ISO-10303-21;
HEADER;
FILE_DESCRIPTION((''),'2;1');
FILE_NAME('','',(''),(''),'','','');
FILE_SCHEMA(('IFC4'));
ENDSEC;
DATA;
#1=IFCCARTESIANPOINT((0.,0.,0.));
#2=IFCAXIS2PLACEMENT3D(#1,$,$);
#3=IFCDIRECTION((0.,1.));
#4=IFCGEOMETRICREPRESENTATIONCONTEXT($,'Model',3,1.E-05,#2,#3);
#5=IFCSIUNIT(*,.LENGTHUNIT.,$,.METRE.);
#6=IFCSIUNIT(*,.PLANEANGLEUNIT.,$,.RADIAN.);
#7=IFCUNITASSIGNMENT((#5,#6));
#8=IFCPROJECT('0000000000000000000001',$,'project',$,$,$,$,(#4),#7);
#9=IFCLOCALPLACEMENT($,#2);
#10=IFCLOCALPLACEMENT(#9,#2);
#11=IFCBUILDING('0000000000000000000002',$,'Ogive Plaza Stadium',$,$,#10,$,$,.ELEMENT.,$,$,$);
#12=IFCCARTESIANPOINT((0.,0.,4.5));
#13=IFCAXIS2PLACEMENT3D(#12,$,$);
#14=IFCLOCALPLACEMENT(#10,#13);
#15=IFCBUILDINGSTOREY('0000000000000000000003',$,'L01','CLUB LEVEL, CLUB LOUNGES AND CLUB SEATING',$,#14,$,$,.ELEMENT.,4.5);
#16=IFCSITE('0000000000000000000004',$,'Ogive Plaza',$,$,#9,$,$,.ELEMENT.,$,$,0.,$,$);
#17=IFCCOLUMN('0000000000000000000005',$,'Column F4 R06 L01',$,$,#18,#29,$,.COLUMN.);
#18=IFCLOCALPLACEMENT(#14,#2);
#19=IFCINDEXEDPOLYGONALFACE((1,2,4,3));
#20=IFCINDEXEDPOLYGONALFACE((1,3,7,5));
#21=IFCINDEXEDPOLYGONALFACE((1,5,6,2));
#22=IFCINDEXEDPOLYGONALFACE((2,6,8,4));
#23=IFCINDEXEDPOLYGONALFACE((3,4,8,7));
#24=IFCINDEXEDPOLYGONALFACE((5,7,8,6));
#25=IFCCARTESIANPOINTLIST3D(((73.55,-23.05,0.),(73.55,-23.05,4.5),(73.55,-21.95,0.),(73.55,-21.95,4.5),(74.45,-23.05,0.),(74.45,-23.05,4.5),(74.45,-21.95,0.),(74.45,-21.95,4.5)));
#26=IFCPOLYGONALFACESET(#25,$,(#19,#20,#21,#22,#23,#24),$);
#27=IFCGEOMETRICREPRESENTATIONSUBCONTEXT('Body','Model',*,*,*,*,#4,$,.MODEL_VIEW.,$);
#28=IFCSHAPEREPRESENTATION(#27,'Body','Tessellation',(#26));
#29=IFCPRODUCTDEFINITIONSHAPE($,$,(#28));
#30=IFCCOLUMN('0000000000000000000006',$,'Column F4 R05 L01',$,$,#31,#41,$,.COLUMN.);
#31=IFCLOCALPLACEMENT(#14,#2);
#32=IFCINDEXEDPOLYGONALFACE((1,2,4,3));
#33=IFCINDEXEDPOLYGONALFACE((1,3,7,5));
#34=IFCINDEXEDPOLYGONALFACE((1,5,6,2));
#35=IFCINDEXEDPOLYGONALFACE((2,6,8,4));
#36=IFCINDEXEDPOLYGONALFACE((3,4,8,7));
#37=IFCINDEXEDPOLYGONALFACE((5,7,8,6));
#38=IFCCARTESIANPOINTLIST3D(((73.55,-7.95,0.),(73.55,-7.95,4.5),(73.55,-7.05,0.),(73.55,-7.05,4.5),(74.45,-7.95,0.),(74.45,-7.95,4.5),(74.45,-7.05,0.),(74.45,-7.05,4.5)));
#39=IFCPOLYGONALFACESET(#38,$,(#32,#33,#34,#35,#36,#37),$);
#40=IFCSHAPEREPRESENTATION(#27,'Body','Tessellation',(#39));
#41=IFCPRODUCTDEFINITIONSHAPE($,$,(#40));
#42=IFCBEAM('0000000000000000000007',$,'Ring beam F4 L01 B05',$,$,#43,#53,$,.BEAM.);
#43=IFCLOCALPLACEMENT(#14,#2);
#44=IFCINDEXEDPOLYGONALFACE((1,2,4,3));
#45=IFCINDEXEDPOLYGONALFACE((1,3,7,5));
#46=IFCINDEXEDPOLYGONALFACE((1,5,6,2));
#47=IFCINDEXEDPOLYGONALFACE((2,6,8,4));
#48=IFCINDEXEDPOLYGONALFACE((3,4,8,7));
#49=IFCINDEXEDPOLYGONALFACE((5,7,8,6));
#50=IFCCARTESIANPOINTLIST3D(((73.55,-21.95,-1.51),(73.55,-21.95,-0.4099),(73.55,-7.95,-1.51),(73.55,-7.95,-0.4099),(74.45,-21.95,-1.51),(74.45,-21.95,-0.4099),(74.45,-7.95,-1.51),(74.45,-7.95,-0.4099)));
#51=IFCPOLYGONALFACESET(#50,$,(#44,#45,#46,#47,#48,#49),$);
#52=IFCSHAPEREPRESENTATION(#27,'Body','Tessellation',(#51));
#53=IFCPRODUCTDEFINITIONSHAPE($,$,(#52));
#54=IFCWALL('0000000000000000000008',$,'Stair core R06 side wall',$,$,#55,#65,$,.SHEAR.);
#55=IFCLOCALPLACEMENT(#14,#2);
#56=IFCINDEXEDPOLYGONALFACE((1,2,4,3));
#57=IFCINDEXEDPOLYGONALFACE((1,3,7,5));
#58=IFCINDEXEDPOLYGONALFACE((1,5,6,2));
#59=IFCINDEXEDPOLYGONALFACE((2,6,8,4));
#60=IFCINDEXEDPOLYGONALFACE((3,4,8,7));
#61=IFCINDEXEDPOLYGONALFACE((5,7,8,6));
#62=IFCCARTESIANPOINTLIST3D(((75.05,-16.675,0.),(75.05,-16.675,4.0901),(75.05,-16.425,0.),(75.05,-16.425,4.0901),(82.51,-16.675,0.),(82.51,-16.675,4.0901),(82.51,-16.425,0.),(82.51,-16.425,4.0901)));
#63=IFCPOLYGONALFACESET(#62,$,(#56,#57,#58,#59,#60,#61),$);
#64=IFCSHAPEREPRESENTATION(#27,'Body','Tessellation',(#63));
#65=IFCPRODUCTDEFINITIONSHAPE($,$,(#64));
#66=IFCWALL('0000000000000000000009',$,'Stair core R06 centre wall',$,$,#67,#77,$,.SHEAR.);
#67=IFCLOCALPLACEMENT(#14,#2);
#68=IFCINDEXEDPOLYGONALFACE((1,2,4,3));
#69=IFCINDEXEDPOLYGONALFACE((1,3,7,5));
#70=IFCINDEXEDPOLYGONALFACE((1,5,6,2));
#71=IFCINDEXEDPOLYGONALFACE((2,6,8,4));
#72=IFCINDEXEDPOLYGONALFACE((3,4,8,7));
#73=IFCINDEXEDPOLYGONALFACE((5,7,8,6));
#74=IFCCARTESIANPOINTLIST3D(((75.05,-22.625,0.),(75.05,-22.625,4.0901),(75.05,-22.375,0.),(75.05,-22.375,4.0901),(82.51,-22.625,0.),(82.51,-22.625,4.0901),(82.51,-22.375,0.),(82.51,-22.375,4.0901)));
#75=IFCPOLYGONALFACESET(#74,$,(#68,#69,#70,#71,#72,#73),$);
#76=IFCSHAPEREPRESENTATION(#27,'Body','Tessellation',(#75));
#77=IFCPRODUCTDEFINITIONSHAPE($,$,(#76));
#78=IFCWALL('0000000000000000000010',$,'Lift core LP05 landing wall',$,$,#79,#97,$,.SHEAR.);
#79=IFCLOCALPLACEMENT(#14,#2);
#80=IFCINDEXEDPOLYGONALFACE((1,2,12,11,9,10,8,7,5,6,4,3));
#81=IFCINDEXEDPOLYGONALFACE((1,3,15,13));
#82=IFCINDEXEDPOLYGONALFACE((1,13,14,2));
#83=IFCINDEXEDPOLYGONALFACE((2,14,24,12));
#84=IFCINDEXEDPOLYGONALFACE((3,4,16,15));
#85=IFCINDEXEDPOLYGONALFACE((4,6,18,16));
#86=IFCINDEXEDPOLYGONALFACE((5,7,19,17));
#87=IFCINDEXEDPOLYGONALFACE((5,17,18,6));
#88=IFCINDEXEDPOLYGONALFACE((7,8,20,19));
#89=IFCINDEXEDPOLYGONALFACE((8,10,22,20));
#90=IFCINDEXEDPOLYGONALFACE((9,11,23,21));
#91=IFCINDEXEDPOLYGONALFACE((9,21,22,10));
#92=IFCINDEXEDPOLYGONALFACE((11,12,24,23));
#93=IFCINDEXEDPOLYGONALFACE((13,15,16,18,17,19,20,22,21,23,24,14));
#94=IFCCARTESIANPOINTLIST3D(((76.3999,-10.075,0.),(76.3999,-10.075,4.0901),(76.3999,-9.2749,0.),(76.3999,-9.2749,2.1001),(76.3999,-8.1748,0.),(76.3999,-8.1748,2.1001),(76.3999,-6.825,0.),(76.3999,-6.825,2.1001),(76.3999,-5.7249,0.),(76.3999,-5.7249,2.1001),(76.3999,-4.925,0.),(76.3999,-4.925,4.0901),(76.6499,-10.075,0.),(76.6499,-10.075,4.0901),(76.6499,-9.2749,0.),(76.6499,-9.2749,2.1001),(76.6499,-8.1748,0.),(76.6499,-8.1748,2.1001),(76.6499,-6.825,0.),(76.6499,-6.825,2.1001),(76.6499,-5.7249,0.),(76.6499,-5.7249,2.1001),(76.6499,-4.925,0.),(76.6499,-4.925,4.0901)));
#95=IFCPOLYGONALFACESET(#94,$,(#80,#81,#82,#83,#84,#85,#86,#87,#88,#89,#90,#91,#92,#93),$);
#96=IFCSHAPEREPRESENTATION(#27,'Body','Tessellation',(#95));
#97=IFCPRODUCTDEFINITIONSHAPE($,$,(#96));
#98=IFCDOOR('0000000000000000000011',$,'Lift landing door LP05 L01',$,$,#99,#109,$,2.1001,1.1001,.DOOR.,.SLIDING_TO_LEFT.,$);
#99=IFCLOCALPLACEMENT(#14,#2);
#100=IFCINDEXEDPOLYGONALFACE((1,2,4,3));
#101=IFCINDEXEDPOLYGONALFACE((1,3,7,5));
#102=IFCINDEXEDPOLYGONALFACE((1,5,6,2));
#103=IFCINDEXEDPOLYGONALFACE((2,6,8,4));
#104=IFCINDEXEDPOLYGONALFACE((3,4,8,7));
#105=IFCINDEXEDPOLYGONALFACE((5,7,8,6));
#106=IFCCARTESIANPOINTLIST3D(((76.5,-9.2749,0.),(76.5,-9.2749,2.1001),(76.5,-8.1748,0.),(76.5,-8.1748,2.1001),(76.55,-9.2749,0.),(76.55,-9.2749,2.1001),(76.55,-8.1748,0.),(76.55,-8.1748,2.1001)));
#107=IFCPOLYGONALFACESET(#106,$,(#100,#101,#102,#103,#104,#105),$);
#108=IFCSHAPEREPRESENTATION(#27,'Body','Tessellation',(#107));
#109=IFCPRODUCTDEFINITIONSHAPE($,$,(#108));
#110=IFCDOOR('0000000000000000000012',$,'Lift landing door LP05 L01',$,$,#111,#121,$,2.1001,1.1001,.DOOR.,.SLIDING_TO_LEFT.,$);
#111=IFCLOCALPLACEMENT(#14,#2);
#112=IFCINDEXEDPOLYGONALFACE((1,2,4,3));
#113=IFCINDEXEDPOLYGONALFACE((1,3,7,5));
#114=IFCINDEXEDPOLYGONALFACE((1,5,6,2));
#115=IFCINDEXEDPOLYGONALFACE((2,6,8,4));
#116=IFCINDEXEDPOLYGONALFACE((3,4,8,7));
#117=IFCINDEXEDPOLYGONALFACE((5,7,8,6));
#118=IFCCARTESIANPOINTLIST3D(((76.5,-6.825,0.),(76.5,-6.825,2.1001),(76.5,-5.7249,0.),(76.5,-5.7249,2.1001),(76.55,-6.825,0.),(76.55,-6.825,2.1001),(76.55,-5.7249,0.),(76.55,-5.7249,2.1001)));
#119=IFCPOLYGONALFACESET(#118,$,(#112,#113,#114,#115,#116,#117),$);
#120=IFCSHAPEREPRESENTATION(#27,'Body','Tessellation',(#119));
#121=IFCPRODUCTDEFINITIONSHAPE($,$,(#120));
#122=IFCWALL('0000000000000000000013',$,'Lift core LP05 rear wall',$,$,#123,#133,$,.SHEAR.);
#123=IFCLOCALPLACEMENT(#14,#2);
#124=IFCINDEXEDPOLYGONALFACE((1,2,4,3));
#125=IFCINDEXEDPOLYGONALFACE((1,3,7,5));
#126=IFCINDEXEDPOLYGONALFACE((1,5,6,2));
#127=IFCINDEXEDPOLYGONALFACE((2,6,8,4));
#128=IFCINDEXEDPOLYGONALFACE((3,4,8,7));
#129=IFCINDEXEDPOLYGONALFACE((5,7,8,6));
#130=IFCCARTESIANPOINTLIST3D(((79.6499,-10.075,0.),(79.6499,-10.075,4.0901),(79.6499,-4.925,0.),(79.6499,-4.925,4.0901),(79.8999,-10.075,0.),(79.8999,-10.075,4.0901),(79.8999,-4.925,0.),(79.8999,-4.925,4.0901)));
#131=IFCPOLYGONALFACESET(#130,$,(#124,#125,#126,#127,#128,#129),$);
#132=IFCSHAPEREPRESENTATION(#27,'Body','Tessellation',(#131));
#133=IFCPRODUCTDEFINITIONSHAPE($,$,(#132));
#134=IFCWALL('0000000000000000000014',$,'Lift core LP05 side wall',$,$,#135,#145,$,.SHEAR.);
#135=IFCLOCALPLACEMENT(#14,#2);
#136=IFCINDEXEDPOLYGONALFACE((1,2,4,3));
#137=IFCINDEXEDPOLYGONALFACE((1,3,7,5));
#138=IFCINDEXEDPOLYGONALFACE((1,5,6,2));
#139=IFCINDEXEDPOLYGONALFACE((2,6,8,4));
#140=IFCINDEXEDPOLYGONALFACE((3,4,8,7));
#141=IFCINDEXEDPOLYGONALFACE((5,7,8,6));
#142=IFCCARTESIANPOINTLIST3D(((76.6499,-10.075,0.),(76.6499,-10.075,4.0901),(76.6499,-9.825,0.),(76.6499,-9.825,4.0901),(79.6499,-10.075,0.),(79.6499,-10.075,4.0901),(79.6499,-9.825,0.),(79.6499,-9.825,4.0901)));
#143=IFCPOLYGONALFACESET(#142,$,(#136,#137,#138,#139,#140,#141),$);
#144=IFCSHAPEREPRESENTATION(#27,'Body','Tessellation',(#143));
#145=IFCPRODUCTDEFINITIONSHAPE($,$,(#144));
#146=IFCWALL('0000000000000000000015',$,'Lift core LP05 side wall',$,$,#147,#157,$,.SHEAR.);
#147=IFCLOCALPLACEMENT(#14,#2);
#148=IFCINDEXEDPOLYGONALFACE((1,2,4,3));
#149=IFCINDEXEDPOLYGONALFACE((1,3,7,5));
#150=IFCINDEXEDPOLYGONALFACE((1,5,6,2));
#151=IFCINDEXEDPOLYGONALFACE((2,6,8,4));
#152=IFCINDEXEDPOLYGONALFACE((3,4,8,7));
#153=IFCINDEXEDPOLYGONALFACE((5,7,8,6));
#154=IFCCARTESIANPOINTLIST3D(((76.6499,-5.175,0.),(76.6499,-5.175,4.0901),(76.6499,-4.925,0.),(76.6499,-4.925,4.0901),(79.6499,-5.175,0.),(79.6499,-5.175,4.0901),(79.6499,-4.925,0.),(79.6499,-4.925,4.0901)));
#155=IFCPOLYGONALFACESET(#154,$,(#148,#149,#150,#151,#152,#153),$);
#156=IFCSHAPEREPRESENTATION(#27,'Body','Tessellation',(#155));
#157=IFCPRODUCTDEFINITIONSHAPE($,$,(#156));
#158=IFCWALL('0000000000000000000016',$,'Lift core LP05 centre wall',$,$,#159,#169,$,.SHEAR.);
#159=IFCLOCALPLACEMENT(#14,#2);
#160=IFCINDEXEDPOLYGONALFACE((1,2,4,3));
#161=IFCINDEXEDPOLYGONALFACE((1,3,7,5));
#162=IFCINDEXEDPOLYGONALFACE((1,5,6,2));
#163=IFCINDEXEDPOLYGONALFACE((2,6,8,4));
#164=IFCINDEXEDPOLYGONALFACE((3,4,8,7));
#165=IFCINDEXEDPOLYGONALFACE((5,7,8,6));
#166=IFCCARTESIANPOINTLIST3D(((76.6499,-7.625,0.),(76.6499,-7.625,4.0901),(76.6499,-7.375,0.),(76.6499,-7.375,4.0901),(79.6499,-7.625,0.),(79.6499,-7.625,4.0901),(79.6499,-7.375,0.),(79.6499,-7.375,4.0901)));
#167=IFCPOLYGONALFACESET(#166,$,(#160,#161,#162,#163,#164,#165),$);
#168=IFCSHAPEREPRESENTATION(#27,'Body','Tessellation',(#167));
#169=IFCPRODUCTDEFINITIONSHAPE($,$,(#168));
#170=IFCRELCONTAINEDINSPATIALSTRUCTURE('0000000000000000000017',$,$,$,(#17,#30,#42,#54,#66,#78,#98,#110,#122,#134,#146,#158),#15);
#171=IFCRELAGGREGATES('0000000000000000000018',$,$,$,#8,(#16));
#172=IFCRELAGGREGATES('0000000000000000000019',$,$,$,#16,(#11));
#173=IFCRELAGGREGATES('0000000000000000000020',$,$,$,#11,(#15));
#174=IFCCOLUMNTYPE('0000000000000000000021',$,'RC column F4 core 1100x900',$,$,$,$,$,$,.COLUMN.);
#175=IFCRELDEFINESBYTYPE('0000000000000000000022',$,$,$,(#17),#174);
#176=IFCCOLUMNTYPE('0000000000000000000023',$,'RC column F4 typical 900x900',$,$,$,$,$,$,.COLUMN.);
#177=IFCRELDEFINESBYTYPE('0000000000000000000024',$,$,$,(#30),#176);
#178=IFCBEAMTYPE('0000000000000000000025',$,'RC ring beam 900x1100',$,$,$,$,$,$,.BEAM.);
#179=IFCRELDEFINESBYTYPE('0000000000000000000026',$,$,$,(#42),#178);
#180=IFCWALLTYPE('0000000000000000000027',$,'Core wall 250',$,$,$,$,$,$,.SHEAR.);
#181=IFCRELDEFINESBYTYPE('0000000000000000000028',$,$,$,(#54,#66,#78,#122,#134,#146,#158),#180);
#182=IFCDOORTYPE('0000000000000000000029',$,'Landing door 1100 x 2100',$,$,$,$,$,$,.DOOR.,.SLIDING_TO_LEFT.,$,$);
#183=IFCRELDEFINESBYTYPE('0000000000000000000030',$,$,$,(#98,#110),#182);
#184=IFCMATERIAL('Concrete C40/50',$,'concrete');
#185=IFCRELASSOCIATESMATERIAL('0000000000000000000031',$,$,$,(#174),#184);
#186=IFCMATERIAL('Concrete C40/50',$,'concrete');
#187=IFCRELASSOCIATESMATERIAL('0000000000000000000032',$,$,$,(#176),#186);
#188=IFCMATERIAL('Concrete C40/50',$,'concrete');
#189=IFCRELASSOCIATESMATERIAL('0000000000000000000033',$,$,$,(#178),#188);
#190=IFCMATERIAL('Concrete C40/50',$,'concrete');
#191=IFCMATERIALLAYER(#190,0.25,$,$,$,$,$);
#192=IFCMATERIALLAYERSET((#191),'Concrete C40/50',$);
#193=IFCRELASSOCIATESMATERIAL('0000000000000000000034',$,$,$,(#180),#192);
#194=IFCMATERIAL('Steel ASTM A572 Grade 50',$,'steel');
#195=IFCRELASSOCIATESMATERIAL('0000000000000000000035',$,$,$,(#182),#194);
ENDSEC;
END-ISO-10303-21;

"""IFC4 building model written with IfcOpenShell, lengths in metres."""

from ifc_helpers import new_model, si_unit, direction, frame, frame_2d, origin, origin_2d, place, context, subcontext, project, spatial, rectangle, extrude, material, layer, layer_set, material_profile, profile_set, type_object, element, fill, save


model = new_model("IFC4")

# Units and contexts
model_context = context("Model", 3, precision=1e-05, world=origin(), true_north=direction((0.0, 1.0)))
body_context = subcontext(model_context, "Body", "Model", "MODEL_VIEW")
ifc_project = project(units=[si_unit("LENGTHUNIT", "METRE"), si_unit("PLANEANGLEUNIT", "RADIAN")], contexts=[model_context])

# Site, building, storey
site_placement = place(None, origin())
site = spatial("IfcSite", under=ifc_project, at=site_placement, Name="Ogive Plaza", CompositionType="ELEMENT", RefElevation=0.0)
building_placement = place(site_placement, origin())
building = spatial("IfcBuilding", under=site, at=building_placement, Name="Ogive Plaza Stadium", CompositionType="ELEMENT")
storey_placement = place(building_placement, frame((0.0, 0.0, 4.5)))
storey = spatial("IfcBuildingStorey", under=building, at=storey_placement, Name="L01", Description="CLUB LEVEL, CLUB LOUNGES AND CLUB SEATING", CompositionType="ELEMENT", Elevation=4.5)

# Columns
ifc_material_1 = material(Name="Concrete C40/50", Category="concrete")
ifc_material_profile_1 = material_profile(ifc_material_1, rectangle(XDim=1.1001, YDim=0.8999, at=origin_2d()), Name="RC 1100x900")
ifc_profile_set_1 = profile_set([ifc_material_profile_1], Name="Concrete C40/50")
column_type_1 = type_object("IfcColumnType", Name="RC column F4 core 1100x900", PredefinedType="COLUMN", material=ifc_profile_set_1)
column_1_placement = place(storey_placement, frame((74.0, -22.5, 0.0), z_axis=(0.0, 0.0, 1.0), x_axis=(0.0, 1.0, 0.0)))
element("IfcColumn", 1, at=column_1_placement, inside=storey, type_object=column_type_1, Name="Column F4 R06 L01", PredefinedType="COLUMN", context=body_context, shape_type="SweptSolid", body=[
    extrude(rectangle(XDim=1.1001, YDim=0.8999, at=origin_2d()), origin(), (0.0, 0.0, 1.0), 4.5),
])
ifc_material_2 = material(Name="Concrete C40/50", Category="concrete")
ifc_material_profile_2 = material_profile(ifc_material_2, rectangle(XDim=0.8999, YDim=0.8999, at=origin_2d()), Name="RC 900x900")
ifc_profile_set_2 = profile_set([ifc_material_profile_2], Name="Concrete C40/50")
column_type_2 = type_object("IfcColumnType", Name="RC column F4 typical 900x900", PredefinedType="COLUMN", material=ifc_profile_set_2)
column_2_placement = place(storey_placement, frame((74.0, -7.5, 0.0), z_axis=(0.0, 0.0, 1.0), x_axis=(0.0, 1.0, 0.0)))
element("IfcColumn", 2, at=column_2_placement, inside=storey, type_object=column_type_2, Name="Column F4 R05 L01", PredefinedType="COLUMN", context=body_context, shape_type="SweptSolid", body=[
    extrude(rectangle(XDim=0.8999, YDim=0.8999, at=origin_2d()), origin(), (0.0, 0.0, 1.0), 4.5),
])

# Beam
ifc_material_3 = material(Name="Concrete C40/50", Category="concrete")
ifc_material_profile_3 = material_profile(ifc_material_3, rectangle(XDim=0.8999, YDim=1.1001, at=origin_2d()), Name="RC 900x1100")
ifc_profile_set_3 = profile_set([ifc_material_profile_3], Name="Concrete C40/50")
beam_type = type_object("IfcBeamType", Name="RC ring beam 900x1100", PredefinedType="BEAM", material=ifc_profile_set_3)
beam_placement = place(storey_placement, frame((74.0, -7.95, -0.96), z_axis=(0.0, -1.0, 0.0), x_axis=(1.0, 0.0, 0.0)))
element("IfcBeam", 3, at=beam_placement, inside=storey, type_object=beam_type, Name="Ring beam F4 L01 B05", PredefinedType="BEAM", context=body_context, shape_type="SweptSolid", body=[
    extrude(rectangle(XDim=0.8999, YDim=1.1001, at=origin_2d()), origin(), (0.0, 0.0, 1.0), 14.0),
])

# Walls
ifc_material_4 = material(Name="Concrete C40/50", Category="concrete")
ifc_layer = layer(ifc_material_4, 0.25)
ifc_layer_set = layer_set([ifc_layer], Name="Concrete C40/50")
wall_type = type_object("IfcWallType", Name="Core wall 250", PredefinedType="SHEAR", material=ifc_layer_set)
for number, where, z_axis, x_axis, name in (
    (4, (75.05, -16.55, 0.0), (0.0, 0.0, 1.0), (1.0, 0.0, 0.0), "Stair core R06 side wall"),
    (5, (75.05, -22.5, 0.0), (0.0, 0.0, 1.0), (1.0, 0.0, 0.0), "Stair core R06 centre wall"),
):
    element("IfcWall", number, at=place(storey_placement, frame(where, z_axis=z_axis, x_axis=x_axis)), inside=storey, type_object=wall_type, Name=name, PredefinedType="SHEAR", context=body_context, shape_type="SweptSolid", body=[
        extrude(rectangle(XDim=7.46, YDim=0.25, at=frame_2d((3.73, 0.0))), origin(), (0.0, 0.0, 1.0), 4.0901),
    ])

# Wall, openings, doors
wall_1_placement = place(storey_placement, frame((76.5249, -10.075, 0.0), z_axis=(0.0, 0.0, 1.0), x_axis=(0.0, 1.0, 0.0)))
wall_1 = element("IfcWall", 6, at=wall_1_placement, inside=storey, type_object=wall_type, Name="Lift core LP05 landing wall", PredefinedType="SHEAR", context=body_context, shape_type="SweptSolid", body=[
    extrude(rectangle(XDim=5.1499, YDim=0.25, at=frame_2d((2.575, 0.0))), origin(), (0.0, 0.0, 1.0), 4.0901),
])
opening_1_placement = place(wall_1_placement, frame((0.8, 0.0, 0.0)))
opening_1 = element("IfcOpeningElement", 7, at=opening_1_placement, cuts=wall_1, PredefinedType="OPENING", context=body_context, shape_type="SweptSolid", body=[
    extrude(rectangle(XDim=1.1001, YDim=2.1001, at=frame_2d((0.55, 1.05))), frame((0.0, 0.125, 0.0), z_axis=(0.0, -1.0, 0.0), x_axis=(1.0, 0.0, 0.0)), (0.0, 0.0, 1.0), 0.25),
])
opening_2_placement = place(wall_1_placement, frame((3.25, 0.0, 0.0)))
opening_2 = element("IfcOpeningElement", 8, at=opening_2_placement, cuts=wall_1, PredefinedType="OPENING", context=body_context, shape_type="SweptSolid", body=[
    extrude(rectangle(XDim=1.1001, YDim=2.1001, at=frame_2d((0.55, 1.05))), frame((0.0, 0.125, 0.0), z_axis=(0.0, -1.0, 0.0), x_axis=(1.0, 0.0, 0.0)), (0.0, 0.0, 1.0), 0.25),
])
ifc_material_5 = material(Name="Steel ASTM A572 Grade 50", Category="steel")
door_type = type_object("IfcDoorType", Name="Landing door 1100 x 2100", OperationType="SLIDING_TO_LEFT", PredefinedType="DOOR", material=ifc_material_5)
door_1_placement = place(opening_1_placement, origin())
door_1 = element("IfcDoor", 9, at=door_1_placement, inside=storey, type_object=door_type, Name="Lift landing door LP05 L01", OperationType="SLIDING_TO_LEFT", OverallHeight=2.1001, OverallWidth=1.1001, PredefinedType="DOOR", context=body_context, shape_type="SweptSolid", body=[
    extrude(rectangle(XDim=1.1001, YDim=2.1001, at=frame_2d((0.55, 1.05))), frame((0.0, 0.0249, 0.0), z_axis=(0.0, -1.0, 0.0), x_axis=(1.0, 0.0, 0.0)), (0.0, 0.0, 1.0), 0.05),
])
fill(opening_1, door_1)
door_2_placement = place(opening_2_placement, origin())
door_2 = element("IfcDoor", 10, at=door_2_placement, inside=storey, type_object=door_type, Name="Lift landing door LP05 L01", OperationType="SLIDING_TO_LEFT", OverallHeight=2.1001, OverallWidth=1.1001, PredefinedType="DOOR", context=body_context, shape_type="SweptSolid", body=[
    extrude(rectangle(XDim=1.1001, YDim=2.1001, at=frame_2d((0.55, 1.05))), frame((0.0, 0.0249, 0.0), z_axis=(0.0, -1.0, 0.0), x_axis=(1.0, 0.0, 0.0)), (0.0, 0.0, 1.0), 0.05),
])
fill(opening_2, door_2)

# Walls
wall_2_placement = place(storey_placement, frame((79.7749, -10.075, 0.0), z_axis=(0.0, 0.0, 1.0), x_axis=(0.0, 1.0, 0.0)))
element("IfcWall", 11, at=wall_2_placement, inside=storey, type_object=wall_type, Name="Lift core LP05 rear wall", PredefinedType="SHEAR", context=body_context, shape_type="SweptSolid", body=[
    extrude(rectangle(XDim=5.1499, YDim=0.25, at=frame_2d((2.575, 0.0))), origin(), (0.0, 0.0, 1.0), 4.0901),
])
for number, where, z_axis, x_axis, name in (
    (12, (76.6499, -9.95, 0.0), (0.0, 0.0, 1.0), (1.0, 0.0, 0.0), "Lift core LP05 side wall"),
    (13, (76.6499, -5.05, 0.0), (0.0, 0.0, 1.0), (1.0, 0.0, 0.0), "Lift core LP05 side wall"),
    (14, (76.6499, -7.5, 0.0), (0.0, 0.0, 1.0), (1.0, 0.0, 0.0), "Lift core LP05 centre wall"),
):
    element("IfcWall", number, at=place(storey_placement, frame(where, z_axis=z_axis, x_axis=x_axis)), inside=storey, type_object=wall_type, Name=name, PredefinedType="SHEAR", context=body_context, shape_type="SweptSolid", body=[
        extrude(rectangle(XDim=3.0, YDim=0.25, at=frame_2d((1.5, 0.0))), origin(), (0.0, 0.0, 1.0), 4.0901),
    ])

save(model, "model.ifc")
